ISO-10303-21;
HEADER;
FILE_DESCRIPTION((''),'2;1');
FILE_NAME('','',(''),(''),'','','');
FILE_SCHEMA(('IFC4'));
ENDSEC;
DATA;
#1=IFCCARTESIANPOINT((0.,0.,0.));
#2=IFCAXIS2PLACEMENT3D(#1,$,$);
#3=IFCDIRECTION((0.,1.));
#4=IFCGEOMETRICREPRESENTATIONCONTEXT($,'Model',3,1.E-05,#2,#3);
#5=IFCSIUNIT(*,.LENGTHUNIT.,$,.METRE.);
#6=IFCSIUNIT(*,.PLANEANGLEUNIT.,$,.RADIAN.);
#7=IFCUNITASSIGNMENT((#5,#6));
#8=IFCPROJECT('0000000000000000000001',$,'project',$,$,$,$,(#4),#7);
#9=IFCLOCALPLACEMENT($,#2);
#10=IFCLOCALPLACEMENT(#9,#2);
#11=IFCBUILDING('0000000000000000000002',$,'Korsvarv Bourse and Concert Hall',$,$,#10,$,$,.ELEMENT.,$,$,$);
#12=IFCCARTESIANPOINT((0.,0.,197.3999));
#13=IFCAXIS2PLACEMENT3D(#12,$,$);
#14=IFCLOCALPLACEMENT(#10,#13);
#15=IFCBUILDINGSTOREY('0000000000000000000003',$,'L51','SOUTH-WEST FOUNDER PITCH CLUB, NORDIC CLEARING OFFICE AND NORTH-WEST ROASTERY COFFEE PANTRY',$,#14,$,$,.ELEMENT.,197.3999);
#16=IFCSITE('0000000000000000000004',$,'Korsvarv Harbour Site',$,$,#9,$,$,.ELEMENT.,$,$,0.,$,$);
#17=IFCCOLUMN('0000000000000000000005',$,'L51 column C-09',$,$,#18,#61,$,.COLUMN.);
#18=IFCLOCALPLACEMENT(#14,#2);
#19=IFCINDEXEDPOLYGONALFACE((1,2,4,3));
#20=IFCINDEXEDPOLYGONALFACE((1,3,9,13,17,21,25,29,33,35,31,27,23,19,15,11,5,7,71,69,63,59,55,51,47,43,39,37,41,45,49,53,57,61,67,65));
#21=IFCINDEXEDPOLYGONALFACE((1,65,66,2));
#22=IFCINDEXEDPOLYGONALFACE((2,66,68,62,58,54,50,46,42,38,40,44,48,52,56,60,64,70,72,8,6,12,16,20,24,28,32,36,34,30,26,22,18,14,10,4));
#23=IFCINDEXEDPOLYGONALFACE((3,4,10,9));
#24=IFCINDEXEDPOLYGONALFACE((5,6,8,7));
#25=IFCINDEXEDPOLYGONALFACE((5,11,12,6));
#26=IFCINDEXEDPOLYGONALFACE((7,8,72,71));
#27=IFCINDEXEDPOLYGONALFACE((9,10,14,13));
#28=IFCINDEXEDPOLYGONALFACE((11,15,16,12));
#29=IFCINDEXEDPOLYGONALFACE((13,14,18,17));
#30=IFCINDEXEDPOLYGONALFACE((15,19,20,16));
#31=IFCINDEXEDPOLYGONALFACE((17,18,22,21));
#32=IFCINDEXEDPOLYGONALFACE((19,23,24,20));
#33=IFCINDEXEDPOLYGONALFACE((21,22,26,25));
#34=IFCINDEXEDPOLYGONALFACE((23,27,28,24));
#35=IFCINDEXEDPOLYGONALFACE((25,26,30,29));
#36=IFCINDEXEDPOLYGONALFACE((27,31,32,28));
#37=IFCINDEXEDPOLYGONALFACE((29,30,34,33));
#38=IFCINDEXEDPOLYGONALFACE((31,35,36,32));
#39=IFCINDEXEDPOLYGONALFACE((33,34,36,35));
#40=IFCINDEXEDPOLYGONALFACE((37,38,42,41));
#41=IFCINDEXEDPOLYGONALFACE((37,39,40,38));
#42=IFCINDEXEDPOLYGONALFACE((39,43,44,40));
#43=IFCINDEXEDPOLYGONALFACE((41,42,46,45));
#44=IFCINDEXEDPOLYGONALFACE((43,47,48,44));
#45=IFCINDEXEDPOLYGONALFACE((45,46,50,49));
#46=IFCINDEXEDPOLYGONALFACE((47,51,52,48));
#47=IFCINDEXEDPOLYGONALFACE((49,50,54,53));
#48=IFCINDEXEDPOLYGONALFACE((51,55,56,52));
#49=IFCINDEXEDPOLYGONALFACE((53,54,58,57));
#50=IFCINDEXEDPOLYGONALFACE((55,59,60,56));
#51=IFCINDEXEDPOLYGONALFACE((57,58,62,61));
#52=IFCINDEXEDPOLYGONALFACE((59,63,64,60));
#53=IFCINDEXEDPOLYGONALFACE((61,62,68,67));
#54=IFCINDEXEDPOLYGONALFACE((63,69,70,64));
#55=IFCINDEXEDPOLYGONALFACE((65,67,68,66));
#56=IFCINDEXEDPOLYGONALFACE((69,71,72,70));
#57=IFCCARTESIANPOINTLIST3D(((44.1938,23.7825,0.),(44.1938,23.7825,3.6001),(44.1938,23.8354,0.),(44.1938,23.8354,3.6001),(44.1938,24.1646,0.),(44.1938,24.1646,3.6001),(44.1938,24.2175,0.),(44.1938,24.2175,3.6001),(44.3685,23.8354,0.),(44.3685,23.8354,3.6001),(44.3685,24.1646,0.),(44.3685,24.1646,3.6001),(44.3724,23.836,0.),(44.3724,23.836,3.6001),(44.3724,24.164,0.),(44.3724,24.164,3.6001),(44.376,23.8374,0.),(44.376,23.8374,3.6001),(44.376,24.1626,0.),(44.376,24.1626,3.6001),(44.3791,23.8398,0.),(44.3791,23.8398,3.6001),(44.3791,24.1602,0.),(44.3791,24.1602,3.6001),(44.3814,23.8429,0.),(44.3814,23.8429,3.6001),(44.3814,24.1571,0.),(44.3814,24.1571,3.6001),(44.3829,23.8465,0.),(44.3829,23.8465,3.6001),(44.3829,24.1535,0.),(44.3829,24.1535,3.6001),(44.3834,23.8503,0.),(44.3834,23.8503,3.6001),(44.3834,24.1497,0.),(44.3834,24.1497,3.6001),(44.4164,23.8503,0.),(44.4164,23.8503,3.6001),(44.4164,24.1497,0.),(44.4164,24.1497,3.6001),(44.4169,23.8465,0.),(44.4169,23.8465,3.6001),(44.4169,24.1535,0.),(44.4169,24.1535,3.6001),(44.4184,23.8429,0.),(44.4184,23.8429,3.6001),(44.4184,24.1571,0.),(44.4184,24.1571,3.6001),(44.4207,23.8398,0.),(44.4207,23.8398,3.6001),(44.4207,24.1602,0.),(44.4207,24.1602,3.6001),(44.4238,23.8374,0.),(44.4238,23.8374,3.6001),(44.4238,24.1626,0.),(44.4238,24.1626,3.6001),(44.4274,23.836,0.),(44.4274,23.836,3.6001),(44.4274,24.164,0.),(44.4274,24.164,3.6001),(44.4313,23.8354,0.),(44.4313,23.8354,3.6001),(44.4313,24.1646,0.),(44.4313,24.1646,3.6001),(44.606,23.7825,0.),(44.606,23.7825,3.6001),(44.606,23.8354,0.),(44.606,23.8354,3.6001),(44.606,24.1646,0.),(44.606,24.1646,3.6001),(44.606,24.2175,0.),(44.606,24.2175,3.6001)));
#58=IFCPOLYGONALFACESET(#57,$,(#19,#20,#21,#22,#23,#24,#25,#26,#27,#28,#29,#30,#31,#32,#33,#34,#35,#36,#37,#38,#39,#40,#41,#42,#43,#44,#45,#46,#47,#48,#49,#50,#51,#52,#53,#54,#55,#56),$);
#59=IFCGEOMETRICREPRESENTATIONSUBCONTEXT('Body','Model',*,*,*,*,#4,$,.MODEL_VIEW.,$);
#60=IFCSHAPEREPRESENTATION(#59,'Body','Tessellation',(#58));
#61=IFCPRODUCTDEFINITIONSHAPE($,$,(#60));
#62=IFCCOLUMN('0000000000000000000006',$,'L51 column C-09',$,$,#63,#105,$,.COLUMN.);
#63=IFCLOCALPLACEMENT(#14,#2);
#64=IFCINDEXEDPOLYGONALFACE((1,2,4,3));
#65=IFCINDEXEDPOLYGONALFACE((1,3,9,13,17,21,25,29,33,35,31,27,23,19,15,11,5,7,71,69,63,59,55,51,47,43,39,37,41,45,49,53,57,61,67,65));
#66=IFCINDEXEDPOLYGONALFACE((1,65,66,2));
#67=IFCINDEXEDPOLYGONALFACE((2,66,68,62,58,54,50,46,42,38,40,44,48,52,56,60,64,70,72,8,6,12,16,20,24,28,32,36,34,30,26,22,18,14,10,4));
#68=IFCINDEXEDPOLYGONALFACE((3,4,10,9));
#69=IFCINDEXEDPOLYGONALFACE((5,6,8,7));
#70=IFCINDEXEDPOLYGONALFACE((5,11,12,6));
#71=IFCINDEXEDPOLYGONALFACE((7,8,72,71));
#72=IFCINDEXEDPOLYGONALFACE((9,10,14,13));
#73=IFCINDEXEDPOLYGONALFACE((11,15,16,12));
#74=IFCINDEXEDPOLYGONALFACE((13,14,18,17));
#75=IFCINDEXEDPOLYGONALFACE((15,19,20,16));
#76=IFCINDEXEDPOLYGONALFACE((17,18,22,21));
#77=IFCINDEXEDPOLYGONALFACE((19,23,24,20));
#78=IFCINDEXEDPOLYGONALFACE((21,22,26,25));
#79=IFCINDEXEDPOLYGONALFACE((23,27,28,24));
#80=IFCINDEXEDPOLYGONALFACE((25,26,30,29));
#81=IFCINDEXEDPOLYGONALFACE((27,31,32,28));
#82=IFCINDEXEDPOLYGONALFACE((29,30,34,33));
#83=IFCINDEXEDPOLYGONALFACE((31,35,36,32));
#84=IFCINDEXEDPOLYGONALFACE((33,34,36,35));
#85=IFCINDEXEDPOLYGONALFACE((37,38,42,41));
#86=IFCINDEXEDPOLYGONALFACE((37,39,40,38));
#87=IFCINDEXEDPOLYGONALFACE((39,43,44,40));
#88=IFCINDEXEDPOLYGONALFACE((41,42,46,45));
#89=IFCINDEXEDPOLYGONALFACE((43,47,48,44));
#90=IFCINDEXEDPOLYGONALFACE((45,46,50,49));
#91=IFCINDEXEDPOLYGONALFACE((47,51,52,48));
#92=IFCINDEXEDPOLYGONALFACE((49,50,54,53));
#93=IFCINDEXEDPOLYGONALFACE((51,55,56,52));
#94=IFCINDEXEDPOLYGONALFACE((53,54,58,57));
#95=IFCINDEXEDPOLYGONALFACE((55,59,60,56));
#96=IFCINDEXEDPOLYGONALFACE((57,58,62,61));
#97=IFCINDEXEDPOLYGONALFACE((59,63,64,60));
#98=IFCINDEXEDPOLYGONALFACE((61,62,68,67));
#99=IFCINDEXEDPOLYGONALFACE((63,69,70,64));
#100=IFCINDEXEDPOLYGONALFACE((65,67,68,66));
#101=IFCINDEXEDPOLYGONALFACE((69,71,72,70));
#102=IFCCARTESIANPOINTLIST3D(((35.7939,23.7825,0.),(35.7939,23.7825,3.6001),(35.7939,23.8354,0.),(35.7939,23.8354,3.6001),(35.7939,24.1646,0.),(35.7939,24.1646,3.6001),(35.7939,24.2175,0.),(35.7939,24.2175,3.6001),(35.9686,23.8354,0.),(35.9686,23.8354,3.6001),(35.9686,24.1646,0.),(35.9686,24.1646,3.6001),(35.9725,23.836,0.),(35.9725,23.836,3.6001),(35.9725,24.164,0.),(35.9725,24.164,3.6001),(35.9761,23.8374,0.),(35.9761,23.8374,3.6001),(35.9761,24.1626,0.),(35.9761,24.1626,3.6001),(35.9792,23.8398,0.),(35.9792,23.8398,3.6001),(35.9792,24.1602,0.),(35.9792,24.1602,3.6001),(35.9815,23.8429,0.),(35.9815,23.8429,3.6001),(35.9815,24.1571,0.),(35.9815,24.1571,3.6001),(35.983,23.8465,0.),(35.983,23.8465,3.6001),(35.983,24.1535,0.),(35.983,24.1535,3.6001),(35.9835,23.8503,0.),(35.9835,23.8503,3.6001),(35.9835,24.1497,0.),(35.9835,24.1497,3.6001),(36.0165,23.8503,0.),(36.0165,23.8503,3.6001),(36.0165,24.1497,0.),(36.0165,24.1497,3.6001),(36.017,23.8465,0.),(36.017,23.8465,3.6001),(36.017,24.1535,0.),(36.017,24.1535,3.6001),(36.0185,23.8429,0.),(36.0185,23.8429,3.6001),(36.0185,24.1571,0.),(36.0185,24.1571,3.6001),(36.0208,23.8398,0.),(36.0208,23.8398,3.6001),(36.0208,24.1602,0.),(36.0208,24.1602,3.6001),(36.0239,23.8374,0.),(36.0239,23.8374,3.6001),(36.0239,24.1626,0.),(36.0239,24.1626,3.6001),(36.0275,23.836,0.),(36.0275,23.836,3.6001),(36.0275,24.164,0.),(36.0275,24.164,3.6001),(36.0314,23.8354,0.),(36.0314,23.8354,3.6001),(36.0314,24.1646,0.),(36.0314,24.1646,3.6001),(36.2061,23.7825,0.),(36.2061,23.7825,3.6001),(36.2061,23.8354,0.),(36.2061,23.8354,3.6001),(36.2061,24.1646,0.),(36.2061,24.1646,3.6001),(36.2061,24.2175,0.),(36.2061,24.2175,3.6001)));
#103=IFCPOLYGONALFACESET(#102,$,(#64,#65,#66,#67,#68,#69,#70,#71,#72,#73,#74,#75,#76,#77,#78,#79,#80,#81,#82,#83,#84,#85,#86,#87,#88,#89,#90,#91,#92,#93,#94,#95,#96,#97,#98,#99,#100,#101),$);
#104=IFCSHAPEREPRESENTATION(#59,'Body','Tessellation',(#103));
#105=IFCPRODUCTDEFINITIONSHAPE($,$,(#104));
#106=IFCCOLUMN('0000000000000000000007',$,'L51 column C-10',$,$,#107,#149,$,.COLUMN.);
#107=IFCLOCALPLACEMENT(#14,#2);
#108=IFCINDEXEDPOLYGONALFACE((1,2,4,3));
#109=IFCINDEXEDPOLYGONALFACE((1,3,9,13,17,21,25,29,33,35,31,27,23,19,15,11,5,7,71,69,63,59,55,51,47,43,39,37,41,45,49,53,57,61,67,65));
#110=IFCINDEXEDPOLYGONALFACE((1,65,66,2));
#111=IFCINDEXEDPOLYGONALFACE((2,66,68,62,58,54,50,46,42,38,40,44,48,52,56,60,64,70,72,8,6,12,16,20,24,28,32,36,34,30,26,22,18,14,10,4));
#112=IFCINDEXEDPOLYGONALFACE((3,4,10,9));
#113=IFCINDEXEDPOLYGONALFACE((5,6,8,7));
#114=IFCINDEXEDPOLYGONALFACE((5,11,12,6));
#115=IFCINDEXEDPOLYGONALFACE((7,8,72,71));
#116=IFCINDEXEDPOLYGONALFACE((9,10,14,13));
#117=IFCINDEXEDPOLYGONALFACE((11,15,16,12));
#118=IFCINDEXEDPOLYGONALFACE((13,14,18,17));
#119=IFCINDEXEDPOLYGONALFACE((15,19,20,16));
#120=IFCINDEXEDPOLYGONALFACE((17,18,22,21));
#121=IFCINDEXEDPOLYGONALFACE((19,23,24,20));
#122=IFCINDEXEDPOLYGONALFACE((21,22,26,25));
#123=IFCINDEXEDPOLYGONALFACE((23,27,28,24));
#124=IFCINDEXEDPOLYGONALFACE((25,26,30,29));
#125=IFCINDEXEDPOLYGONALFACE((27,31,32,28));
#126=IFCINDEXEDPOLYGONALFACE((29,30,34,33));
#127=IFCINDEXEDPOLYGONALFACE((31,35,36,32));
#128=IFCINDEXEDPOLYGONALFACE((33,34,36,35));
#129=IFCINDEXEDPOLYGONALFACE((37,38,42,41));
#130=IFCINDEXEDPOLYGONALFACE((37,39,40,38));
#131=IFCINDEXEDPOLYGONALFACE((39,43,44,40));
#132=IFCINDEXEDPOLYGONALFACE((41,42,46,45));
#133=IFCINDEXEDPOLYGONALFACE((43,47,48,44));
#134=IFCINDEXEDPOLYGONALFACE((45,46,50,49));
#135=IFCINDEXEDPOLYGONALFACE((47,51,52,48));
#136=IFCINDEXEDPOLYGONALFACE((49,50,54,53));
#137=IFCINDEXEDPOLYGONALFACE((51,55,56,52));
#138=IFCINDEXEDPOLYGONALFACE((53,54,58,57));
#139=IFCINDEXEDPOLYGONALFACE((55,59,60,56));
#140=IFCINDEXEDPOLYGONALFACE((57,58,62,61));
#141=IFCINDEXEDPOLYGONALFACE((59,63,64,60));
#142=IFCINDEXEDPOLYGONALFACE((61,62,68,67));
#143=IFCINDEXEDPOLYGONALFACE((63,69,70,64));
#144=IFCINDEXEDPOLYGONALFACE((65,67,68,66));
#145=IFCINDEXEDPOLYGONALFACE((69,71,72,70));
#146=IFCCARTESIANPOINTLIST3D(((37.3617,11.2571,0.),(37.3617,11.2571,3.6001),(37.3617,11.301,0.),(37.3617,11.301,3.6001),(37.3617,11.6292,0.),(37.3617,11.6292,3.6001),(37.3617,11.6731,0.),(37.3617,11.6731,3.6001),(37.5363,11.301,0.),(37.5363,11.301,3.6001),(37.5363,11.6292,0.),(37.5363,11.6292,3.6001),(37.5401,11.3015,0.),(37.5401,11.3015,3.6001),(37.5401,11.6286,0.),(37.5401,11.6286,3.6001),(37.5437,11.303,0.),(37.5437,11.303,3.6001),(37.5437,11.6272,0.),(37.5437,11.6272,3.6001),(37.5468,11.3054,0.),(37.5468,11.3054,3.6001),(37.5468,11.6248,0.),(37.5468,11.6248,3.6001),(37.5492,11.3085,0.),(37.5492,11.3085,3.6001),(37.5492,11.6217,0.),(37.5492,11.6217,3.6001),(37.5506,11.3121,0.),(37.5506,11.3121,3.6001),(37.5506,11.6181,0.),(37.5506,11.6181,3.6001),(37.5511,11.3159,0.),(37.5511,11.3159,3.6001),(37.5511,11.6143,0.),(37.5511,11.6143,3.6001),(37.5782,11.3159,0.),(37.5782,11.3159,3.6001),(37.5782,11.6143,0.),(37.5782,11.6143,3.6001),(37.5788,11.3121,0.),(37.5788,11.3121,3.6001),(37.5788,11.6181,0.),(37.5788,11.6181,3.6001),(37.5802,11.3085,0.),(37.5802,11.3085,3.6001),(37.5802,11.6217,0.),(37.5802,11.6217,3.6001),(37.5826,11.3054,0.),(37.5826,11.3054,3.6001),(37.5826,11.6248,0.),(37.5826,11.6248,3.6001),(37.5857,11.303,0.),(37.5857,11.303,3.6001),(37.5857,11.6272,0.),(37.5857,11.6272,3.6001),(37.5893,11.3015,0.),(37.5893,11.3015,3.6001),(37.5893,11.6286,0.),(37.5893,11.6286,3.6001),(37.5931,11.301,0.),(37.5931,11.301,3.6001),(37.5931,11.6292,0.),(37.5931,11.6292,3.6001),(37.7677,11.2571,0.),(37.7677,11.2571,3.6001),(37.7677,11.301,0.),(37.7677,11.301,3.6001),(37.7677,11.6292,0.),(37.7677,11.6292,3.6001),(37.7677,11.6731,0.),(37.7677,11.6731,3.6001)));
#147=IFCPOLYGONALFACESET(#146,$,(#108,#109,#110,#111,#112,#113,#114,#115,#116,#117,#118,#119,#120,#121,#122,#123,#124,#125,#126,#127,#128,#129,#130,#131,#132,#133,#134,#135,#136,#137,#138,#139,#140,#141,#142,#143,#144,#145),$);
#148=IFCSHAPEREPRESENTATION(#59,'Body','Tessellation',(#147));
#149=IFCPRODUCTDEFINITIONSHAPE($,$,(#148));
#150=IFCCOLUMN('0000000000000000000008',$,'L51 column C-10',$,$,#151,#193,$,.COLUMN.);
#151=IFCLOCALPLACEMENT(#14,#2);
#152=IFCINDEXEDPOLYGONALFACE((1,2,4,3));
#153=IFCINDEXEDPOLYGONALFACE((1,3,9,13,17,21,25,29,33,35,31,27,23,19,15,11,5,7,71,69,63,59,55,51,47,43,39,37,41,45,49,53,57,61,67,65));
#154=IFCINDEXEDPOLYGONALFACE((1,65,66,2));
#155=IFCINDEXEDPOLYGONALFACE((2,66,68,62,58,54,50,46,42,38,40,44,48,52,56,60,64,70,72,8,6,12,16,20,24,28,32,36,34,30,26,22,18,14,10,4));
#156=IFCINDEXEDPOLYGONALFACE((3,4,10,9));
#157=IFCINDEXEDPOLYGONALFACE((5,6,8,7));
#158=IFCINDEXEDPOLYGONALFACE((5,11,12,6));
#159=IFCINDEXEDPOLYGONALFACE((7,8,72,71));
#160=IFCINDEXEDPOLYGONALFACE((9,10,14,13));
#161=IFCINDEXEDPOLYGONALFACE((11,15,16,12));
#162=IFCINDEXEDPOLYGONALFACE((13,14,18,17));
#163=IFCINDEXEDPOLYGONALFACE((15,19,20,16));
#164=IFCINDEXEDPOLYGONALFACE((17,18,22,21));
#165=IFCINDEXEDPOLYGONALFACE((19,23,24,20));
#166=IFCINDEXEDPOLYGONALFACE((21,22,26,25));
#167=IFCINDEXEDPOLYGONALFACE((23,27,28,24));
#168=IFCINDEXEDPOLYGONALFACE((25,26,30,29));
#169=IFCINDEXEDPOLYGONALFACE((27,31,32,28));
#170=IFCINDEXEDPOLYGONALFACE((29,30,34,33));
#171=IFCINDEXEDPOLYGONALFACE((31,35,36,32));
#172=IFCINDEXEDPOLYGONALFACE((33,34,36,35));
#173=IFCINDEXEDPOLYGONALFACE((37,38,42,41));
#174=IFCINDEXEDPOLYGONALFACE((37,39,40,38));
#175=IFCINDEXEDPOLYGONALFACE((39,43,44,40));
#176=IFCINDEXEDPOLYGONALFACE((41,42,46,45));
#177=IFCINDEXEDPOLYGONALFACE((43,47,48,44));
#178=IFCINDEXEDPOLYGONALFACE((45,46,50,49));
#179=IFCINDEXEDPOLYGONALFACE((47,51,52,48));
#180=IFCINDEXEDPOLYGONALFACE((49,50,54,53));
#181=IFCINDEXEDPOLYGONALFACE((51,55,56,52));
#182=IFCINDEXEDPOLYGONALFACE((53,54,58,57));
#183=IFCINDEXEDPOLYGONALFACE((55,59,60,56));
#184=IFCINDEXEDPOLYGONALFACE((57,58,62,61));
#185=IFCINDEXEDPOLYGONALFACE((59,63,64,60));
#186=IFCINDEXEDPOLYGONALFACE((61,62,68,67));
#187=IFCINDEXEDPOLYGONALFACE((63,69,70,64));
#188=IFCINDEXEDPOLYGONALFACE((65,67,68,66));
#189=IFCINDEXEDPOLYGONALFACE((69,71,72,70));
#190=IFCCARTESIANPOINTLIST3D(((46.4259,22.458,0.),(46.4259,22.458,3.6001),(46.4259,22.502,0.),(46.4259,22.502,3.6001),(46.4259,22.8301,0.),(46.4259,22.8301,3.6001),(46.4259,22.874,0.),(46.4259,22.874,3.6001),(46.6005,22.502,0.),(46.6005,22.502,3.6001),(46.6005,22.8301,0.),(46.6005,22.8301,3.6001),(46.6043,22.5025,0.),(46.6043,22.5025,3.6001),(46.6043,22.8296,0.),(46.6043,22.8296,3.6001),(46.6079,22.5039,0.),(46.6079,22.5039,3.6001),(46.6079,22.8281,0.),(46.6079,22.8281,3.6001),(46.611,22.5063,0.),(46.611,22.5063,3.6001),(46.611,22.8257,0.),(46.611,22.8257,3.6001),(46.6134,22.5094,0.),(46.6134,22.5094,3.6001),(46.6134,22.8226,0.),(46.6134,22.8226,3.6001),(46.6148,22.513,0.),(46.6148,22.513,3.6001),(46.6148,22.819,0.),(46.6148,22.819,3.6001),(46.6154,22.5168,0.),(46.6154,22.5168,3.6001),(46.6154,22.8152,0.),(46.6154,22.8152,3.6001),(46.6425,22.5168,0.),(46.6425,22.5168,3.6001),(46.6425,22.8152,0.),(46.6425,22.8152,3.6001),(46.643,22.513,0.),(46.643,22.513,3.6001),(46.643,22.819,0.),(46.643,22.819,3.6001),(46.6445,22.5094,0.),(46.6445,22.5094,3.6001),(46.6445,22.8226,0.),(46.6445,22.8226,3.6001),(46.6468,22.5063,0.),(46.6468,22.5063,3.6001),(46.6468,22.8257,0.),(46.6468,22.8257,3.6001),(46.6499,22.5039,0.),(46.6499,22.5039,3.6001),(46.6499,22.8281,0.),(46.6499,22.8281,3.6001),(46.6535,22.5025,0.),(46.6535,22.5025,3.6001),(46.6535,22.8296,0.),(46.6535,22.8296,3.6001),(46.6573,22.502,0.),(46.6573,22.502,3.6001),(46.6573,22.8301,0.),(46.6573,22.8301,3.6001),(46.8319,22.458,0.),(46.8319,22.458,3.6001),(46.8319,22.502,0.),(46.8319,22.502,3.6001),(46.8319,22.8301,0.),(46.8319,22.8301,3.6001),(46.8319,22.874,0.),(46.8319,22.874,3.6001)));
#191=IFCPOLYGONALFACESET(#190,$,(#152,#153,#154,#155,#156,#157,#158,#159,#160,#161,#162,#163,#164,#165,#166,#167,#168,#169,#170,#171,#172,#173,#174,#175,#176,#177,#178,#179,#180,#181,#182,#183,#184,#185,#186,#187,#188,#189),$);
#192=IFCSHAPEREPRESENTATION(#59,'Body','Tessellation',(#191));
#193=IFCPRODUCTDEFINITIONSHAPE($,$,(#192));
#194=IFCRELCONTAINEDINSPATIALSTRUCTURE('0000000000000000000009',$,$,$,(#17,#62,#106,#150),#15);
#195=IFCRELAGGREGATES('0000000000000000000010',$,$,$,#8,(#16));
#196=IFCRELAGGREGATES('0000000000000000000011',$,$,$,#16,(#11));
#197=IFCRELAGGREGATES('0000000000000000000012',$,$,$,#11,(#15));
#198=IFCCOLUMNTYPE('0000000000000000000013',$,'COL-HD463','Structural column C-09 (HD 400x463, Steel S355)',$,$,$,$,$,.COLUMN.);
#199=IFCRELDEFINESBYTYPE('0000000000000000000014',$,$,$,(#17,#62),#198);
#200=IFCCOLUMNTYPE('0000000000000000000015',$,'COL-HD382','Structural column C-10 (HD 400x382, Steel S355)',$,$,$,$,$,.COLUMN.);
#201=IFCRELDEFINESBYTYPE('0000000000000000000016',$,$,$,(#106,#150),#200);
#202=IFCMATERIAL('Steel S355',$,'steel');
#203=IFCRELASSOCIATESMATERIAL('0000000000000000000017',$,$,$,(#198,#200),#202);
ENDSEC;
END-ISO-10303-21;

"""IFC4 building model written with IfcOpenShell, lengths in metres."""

from ifc_helpers import new_model, si_unit, direction, frame, origin, origin_2d, place, context, subcontext, project, spatial, i_section, extrude, source, transform, mapped, material, material_profile, profile_set, type_object, element, save


model = new_model("IFC4")

# Units and contexts
model_context = context("Model", 3, precision=1e-05, world=origin(), true_north=direction((0.0, 1.0)))
body_context = subcontext(model_context, "Body", "Model", "MODEL_VIEW")
ifc_project = project(units=[si_unit("LENGTHUNIT", "METRE"), si_unit("PLANEANGLEUNIT", "RADIAN")], contexts=[model_context])

# Site, building, storey
site_placement = place(None, origin())
site = spatial("IfcSite", under=ifc_project, at=site_placement, Name="Korsvarv Harbour Site", CompositionType="ELEMENT", RefElevation=0.0)
building_placement = place(site_placement, origin())
building = spatial("IfcBuilding", under=site, at=building_placement, Name="Korsvarv Bourse and Concert Hall", CompositionType="ELEMENT")
storey_placement = place(building_placement, frame((0.0, 0.0, 197.3999)))
storey = spatial("IfcBuildingStorey", under=building, at=storey_placement, Name="L51", Description="SOUTH-WEST FOUNDER PITCH CLUB, NORDIC CLEARING OFFICE AND NORTH-WEST ROASTERY COFFEE PANTRY", CompositionType="ELEMENT", Elevation=197.3999)

# Columns
ifc_material_1 = material(Name="Steel S355", Category="steel")
ifc_material_profile_1 = material_profile(ifc_material_1, i_section(OverallWidth=0.4121, OverallDepth=0.4351, WebThickness=0.033, FlangeThickness=0.053, FilletRadius=0.0149, at=origin_2d()), Name="HD 400x463")
ifc_profile_set_1 = profile_set([ifc_material_profile_1], Name="Steel S355")
column_type_1 = type_object("IfcColumnType", Name="COL-HD463", Description="Structural column C-09 (HD 400x463, Steel S355)", PredefinedType="COLUMN", material=ifc_profile_set_1)
shared_shape_1 = source(origin(), body_context, "Body", "SweptSolid", [
    extrude(i_section(OverallWidth=0.4121, OverallDepth=0.4351, WebThickness=0.033, FlangeThickness=0.053, FilletRadius=0.0149, at=origin_2d()), origin(), (0.0, 0.0, 1.0), 3.6001),
])
for number, where, z_axis, x_axis, name in (
    (1, (44.3999, 24.0, 0.0), (0.0, 0.0, 1.0), (1.0, 0.0, 0.0), "L51 column C-09"),
    (2, (36.0, 24.0, 0.0), (0.0, 0.0, 1.0), (1.0, 0.0, 0.0), "L51 column C-09"),
):
    element("IfcColumn", number, at=place(storey_placement, frame(where, z_axis=z_axis, x_axis=x_axis)), inside=storey, type_object=column_type_1, Name=name, PredefinedType="COLUMN", context=body_context, shape_type="MappedRepresentation", body=[
        mapped(shared_shape_1, transform((0.0, 0.0, 0.0), scale=1.0)),
    ])
ifc_material_profile_2 = material_profile(ifc_material_1, i_section(OverallWidth=0.406, OverallDepth=0.416, WebThickness=0.0271, FlangeThickness=0.0439, FilletRadius=0.0149, at=origin_2d()), Name="HD 400x382")
ifc_profile_set_2 = profile_set([ifc_material_profile_2], Name="Steel S355")
column_type_2 = type_object("IfcColumnType", Name="COL-HD382", Description="Structural column C-10 (HD 400x382, Steel S355)", PredefinedType="COLUMN", material=ifc_profile_set_2)
shared_shape_2 = source(origin(), body_context, "Body", "SweptSolid", [
    extrude(i_section(OverallWidth=0.406, OverallDepth=0.416, WebThickness=0.0271, FlangeThickness=0.0439, FilletRadius=0.0149, at=origin_2d()), origin(), (0.0, 0.0, 1.0), 3.6001),
])
for number, where, z_axis, x_axis, name in (
    (3, (37.5647, 11.4651, 0.0), (0.0, 0.0, 1.0), (1.0, 0.0, 0.0), "L51 column C-10"),
    (4, (46.6289, 22.666, 0.0), (0.0, 0.0, 1.0), (1.0, 0.0, 0.0), "L51 column C-10"),
):
    element("IfcColumn", number, at=place(storey_placement, frame(where, z_axis=z_axis, x_axis=x_axis)), inside=storey, type_object=column_type_2, Name=name, PredefinedType="COLUMN", context=body_context, shape_type="MappedRepresentation", body=[
        mapped(shared_shape_2, transform((0.0, 0.0, 0.0), scale=1.0)),
    ])

save(model, "model.ifc")
